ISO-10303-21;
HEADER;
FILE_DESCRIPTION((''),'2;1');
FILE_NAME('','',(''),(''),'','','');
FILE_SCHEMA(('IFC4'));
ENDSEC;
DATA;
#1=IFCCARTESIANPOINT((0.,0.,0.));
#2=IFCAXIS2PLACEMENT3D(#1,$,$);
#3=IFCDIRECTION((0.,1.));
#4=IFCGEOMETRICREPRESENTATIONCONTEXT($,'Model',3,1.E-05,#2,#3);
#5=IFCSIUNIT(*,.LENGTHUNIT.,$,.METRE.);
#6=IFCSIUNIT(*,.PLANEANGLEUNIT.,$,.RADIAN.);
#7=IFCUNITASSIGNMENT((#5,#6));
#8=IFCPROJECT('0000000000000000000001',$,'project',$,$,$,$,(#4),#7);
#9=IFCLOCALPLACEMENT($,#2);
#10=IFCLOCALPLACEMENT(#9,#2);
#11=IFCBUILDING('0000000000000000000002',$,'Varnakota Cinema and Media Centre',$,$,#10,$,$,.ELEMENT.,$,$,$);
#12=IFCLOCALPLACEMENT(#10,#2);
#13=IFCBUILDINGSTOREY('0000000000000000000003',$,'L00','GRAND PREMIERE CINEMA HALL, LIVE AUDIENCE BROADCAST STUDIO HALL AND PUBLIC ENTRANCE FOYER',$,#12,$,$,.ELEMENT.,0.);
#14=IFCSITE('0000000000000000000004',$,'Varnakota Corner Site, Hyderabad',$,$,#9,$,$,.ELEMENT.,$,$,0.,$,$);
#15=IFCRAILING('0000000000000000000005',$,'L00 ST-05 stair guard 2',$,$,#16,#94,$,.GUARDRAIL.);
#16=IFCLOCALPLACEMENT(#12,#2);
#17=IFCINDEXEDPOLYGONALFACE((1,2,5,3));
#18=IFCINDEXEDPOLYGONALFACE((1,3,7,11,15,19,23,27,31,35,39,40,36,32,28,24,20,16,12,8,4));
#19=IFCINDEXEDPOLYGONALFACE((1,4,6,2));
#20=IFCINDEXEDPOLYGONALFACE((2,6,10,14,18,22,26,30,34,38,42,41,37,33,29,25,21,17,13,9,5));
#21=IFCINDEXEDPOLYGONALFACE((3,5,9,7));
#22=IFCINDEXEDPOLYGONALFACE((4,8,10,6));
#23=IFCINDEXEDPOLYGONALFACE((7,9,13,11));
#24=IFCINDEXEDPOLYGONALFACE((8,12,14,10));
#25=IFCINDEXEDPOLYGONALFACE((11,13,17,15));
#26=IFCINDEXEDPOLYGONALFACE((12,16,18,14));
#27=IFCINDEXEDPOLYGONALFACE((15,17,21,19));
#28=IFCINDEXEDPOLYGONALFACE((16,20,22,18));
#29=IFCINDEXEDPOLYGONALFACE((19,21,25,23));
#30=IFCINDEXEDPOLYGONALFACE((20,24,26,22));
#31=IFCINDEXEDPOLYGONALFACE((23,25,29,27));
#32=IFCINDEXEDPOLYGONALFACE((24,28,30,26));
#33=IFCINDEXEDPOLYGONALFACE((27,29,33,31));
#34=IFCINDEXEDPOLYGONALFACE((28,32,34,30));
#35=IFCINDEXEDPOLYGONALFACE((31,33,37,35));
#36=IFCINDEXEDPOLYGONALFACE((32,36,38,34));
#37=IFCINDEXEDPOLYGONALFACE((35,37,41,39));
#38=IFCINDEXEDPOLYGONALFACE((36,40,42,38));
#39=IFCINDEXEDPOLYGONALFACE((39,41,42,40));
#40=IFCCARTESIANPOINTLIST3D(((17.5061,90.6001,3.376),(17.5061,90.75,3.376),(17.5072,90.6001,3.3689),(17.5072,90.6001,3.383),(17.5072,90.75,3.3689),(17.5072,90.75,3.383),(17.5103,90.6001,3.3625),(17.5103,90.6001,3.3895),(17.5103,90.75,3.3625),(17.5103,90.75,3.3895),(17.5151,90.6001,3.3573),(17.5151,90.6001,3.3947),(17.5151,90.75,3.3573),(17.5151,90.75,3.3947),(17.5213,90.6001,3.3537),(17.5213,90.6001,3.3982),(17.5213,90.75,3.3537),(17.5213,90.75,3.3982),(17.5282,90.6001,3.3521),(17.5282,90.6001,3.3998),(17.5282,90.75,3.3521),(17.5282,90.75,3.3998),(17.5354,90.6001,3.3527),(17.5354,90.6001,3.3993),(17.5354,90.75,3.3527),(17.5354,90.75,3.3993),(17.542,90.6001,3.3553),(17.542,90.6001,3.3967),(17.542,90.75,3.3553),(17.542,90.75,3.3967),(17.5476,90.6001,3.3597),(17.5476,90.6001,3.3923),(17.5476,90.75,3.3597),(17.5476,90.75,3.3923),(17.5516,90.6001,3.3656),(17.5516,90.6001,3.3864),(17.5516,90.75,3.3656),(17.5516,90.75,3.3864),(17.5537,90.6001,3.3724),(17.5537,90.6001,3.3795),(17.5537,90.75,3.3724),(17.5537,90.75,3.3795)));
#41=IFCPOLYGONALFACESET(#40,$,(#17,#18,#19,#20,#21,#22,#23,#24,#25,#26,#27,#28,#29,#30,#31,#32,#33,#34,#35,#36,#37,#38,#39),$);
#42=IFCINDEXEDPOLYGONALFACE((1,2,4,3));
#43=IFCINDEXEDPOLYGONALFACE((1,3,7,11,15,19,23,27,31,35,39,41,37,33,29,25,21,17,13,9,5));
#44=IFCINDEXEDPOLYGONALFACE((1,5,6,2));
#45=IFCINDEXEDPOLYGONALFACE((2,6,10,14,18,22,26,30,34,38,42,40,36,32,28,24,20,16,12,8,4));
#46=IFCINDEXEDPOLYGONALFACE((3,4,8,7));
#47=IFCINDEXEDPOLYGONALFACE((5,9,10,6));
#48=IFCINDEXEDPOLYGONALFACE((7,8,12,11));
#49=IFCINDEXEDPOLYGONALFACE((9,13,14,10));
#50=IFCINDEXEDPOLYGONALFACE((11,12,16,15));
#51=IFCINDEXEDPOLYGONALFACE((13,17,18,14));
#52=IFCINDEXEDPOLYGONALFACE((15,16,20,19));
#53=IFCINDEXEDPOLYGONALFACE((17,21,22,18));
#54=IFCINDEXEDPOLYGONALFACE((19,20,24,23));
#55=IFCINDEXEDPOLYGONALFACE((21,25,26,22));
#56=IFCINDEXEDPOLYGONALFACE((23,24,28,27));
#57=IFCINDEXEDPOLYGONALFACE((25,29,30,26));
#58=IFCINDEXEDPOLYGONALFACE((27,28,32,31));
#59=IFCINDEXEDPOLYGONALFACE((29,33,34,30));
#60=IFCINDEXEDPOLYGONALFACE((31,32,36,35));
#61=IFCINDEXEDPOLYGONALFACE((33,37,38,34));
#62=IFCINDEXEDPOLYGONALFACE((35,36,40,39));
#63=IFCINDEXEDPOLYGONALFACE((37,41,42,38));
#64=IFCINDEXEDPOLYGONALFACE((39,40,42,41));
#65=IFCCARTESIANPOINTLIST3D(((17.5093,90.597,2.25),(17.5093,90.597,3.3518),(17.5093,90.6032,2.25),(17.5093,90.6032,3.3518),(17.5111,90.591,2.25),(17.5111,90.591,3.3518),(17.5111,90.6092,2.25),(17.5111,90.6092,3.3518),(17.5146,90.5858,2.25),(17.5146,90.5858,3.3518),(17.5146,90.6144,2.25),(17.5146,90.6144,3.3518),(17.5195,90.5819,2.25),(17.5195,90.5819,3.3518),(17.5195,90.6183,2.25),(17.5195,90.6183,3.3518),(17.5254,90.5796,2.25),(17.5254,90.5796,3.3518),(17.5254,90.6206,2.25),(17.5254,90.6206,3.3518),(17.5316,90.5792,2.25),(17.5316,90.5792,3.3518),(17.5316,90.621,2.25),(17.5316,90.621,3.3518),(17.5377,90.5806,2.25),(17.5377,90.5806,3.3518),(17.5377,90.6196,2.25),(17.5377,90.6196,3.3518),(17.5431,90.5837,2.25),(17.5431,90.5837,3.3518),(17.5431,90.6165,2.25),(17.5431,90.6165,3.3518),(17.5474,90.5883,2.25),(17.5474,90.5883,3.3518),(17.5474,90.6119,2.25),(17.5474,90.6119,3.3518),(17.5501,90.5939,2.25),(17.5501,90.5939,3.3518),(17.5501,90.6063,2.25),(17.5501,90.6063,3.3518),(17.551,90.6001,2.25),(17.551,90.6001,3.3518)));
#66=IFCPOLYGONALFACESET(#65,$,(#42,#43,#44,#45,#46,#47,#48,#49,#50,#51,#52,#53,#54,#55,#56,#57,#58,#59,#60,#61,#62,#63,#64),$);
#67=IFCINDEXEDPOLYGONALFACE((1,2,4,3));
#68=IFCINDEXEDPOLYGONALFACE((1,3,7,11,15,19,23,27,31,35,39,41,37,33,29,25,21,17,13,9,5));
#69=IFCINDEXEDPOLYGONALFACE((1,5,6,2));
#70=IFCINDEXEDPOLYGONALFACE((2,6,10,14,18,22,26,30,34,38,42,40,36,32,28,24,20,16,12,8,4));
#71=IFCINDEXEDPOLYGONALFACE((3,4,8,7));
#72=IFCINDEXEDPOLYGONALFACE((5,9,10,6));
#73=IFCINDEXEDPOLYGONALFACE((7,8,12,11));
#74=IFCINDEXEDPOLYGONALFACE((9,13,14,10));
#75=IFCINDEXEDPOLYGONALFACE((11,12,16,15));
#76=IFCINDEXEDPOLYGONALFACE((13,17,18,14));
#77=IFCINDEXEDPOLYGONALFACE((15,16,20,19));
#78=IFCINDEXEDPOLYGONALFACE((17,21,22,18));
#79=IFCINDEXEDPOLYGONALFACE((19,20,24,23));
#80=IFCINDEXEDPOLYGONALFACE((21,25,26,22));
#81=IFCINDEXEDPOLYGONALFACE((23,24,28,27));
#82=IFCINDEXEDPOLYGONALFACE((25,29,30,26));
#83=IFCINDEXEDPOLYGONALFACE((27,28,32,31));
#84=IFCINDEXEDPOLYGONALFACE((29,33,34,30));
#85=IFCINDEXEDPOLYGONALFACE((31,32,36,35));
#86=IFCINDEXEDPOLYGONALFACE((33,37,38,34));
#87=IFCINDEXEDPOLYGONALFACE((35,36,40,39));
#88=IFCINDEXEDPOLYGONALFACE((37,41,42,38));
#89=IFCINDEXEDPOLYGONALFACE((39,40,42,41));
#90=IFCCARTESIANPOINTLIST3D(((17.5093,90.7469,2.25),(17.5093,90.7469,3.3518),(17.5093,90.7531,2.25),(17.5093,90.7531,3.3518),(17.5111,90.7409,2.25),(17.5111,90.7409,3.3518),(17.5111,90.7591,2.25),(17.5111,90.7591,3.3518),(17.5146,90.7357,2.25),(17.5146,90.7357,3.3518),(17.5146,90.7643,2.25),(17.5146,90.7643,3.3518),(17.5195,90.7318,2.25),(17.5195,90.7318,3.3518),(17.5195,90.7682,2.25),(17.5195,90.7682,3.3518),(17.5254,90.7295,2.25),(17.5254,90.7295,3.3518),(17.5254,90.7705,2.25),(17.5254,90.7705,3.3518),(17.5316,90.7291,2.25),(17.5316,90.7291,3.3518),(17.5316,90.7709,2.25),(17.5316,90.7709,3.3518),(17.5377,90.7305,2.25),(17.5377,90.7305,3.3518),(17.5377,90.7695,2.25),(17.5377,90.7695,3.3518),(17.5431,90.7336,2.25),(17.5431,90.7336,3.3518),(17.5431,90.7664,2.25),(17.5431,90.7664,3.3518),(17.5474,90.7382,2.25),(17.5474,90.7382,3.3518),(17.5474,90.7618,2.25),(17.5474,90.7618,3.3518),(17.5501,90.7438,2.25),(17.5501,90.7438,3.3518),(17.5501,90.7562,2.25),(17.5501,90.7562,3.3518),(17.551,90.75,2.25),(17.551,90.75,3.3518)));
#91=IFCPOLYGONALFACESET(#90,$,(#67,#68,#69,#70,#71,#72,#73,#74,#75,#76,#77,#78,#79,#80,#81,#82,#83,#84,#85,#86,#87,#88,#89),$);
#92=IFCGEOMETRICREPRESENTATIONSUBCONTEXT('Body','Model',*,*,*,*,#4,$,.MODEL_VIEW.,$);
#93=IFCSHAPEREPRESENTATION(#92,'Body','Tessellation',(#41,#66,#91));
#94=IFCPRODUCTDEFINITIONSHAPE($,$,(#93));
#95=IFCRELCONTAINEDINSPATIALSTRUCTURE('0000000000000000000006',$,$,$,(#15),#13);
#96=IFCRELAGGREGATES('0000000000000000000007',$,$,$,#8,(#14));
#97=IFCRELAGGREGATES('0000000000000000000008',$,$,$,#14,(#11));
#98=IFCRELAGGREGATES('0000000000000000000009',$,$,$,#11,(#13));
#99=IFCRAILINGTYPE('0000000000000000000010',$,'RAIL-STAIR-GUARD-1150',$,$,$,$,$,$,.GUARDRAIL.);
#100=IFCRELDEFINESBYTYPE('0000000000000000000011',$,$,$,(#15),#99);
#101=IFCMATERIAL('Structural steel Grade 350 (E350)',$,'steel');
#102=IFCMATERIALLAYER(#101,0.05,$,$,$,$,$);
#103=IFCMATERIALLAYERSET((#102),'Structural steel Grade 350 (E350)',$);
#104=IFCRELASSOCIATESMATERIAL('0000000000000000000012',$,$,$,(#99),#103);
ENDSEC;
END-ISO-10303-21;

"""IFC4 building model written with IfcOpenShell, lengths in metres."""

from ifc_helpers import new_model, si_unit, direction, frame, origin, origin_2d, place, context, subcontext, project, spatial, circle, extrude, material, layer, layer_set, type_object, element, save


model = new_model("IFC4")

# Units and contexts
model_context = context("Model", 3, precision=1e-05, world=origin(), true_north=direction((0.0, 1.0)))
body_context = subcontext(model_context, "Body", "Model", "MODEL_VIEW")
ifc_project = project(units=[si_unit("LENGTHUNIT", "METRE"), si_unit("PLANEANGLEUNIT", "RADIAN")], contexts=[model_context])

# Site, building, storey
site_placement = place(None, origin())
site = spatial("IfcSite", under=ifc_project, at=site_placement, Name="Varnakota Corner Site, Hyderabad", CompositionType="ELEMENT", RefElevation=0.0)
building_placement = place(site_placement, origin())
building = spatial("IfcBuilding", under=site, at=building_placement, Name="Varnakota Cinema and Media Centre", CompositionType="ELEMENT")
storey_placement = place(building_placement, origin())
storey = spatial("IfcBuildingStorey", under=building, at=storey_placement, Name="L00", Description="GRAND PREMIERE CINEMA HALL, LIVE AUDIENCE BROADCAST STUDIO HALL AND PUBLIC ENTRANCE FOYER", CompositionType="ELEMENT", Elevation=0.0)

# Railing
ifc_material_1 = material(Name="Structural steel Grade 350 (E350)", Category="steel")
ifc_layer_1 = layer(ifc_material_1, 0.05)
ifc_layer_set_1 = layer_set([ifc_layer_1], Name="Structural steel Grade 350 (E350)")
railing_type_1 = type_object("IfcRailingType", Name="RAIL-STAIR-GUARD-1150", PredefinedType="GUARDRAIL", material=ifc_layer_set_1)
railing_1_placement = place(storey_placement, frame((17.53, 90.6001, 2.25)))
element("IfcRailing", 1, at=railing_1_placement, inside=storey, type_object=railing_type_1, Name="L00 ST-05 stair guard 2", PredefinedType="GUARDRAIL", context=body_context, shape_type="SweptSolid", body=[
    extrude(circle(Radius=0.0239, at=origin_2d()), frame((0.0, 0.0, 1.126), z_axis=(0.0, 1.0, 0.0), x_axis=(-1.0, 0.0, 0.0)), (0.0, 0.0, 1.0), 0.1499),
    extrude(circle(Radius=0.021, at=origin_2d()), origin(), (0.0, 0.0, 1.0), 1.1018),
    extrude(circle(Radius=0.021, at=origin_2d()), frame((0.0, 0.1499, 0.0)), (0.0, 0.0, 1.0), 1.1018),
])

save(model, "model.ifc")
